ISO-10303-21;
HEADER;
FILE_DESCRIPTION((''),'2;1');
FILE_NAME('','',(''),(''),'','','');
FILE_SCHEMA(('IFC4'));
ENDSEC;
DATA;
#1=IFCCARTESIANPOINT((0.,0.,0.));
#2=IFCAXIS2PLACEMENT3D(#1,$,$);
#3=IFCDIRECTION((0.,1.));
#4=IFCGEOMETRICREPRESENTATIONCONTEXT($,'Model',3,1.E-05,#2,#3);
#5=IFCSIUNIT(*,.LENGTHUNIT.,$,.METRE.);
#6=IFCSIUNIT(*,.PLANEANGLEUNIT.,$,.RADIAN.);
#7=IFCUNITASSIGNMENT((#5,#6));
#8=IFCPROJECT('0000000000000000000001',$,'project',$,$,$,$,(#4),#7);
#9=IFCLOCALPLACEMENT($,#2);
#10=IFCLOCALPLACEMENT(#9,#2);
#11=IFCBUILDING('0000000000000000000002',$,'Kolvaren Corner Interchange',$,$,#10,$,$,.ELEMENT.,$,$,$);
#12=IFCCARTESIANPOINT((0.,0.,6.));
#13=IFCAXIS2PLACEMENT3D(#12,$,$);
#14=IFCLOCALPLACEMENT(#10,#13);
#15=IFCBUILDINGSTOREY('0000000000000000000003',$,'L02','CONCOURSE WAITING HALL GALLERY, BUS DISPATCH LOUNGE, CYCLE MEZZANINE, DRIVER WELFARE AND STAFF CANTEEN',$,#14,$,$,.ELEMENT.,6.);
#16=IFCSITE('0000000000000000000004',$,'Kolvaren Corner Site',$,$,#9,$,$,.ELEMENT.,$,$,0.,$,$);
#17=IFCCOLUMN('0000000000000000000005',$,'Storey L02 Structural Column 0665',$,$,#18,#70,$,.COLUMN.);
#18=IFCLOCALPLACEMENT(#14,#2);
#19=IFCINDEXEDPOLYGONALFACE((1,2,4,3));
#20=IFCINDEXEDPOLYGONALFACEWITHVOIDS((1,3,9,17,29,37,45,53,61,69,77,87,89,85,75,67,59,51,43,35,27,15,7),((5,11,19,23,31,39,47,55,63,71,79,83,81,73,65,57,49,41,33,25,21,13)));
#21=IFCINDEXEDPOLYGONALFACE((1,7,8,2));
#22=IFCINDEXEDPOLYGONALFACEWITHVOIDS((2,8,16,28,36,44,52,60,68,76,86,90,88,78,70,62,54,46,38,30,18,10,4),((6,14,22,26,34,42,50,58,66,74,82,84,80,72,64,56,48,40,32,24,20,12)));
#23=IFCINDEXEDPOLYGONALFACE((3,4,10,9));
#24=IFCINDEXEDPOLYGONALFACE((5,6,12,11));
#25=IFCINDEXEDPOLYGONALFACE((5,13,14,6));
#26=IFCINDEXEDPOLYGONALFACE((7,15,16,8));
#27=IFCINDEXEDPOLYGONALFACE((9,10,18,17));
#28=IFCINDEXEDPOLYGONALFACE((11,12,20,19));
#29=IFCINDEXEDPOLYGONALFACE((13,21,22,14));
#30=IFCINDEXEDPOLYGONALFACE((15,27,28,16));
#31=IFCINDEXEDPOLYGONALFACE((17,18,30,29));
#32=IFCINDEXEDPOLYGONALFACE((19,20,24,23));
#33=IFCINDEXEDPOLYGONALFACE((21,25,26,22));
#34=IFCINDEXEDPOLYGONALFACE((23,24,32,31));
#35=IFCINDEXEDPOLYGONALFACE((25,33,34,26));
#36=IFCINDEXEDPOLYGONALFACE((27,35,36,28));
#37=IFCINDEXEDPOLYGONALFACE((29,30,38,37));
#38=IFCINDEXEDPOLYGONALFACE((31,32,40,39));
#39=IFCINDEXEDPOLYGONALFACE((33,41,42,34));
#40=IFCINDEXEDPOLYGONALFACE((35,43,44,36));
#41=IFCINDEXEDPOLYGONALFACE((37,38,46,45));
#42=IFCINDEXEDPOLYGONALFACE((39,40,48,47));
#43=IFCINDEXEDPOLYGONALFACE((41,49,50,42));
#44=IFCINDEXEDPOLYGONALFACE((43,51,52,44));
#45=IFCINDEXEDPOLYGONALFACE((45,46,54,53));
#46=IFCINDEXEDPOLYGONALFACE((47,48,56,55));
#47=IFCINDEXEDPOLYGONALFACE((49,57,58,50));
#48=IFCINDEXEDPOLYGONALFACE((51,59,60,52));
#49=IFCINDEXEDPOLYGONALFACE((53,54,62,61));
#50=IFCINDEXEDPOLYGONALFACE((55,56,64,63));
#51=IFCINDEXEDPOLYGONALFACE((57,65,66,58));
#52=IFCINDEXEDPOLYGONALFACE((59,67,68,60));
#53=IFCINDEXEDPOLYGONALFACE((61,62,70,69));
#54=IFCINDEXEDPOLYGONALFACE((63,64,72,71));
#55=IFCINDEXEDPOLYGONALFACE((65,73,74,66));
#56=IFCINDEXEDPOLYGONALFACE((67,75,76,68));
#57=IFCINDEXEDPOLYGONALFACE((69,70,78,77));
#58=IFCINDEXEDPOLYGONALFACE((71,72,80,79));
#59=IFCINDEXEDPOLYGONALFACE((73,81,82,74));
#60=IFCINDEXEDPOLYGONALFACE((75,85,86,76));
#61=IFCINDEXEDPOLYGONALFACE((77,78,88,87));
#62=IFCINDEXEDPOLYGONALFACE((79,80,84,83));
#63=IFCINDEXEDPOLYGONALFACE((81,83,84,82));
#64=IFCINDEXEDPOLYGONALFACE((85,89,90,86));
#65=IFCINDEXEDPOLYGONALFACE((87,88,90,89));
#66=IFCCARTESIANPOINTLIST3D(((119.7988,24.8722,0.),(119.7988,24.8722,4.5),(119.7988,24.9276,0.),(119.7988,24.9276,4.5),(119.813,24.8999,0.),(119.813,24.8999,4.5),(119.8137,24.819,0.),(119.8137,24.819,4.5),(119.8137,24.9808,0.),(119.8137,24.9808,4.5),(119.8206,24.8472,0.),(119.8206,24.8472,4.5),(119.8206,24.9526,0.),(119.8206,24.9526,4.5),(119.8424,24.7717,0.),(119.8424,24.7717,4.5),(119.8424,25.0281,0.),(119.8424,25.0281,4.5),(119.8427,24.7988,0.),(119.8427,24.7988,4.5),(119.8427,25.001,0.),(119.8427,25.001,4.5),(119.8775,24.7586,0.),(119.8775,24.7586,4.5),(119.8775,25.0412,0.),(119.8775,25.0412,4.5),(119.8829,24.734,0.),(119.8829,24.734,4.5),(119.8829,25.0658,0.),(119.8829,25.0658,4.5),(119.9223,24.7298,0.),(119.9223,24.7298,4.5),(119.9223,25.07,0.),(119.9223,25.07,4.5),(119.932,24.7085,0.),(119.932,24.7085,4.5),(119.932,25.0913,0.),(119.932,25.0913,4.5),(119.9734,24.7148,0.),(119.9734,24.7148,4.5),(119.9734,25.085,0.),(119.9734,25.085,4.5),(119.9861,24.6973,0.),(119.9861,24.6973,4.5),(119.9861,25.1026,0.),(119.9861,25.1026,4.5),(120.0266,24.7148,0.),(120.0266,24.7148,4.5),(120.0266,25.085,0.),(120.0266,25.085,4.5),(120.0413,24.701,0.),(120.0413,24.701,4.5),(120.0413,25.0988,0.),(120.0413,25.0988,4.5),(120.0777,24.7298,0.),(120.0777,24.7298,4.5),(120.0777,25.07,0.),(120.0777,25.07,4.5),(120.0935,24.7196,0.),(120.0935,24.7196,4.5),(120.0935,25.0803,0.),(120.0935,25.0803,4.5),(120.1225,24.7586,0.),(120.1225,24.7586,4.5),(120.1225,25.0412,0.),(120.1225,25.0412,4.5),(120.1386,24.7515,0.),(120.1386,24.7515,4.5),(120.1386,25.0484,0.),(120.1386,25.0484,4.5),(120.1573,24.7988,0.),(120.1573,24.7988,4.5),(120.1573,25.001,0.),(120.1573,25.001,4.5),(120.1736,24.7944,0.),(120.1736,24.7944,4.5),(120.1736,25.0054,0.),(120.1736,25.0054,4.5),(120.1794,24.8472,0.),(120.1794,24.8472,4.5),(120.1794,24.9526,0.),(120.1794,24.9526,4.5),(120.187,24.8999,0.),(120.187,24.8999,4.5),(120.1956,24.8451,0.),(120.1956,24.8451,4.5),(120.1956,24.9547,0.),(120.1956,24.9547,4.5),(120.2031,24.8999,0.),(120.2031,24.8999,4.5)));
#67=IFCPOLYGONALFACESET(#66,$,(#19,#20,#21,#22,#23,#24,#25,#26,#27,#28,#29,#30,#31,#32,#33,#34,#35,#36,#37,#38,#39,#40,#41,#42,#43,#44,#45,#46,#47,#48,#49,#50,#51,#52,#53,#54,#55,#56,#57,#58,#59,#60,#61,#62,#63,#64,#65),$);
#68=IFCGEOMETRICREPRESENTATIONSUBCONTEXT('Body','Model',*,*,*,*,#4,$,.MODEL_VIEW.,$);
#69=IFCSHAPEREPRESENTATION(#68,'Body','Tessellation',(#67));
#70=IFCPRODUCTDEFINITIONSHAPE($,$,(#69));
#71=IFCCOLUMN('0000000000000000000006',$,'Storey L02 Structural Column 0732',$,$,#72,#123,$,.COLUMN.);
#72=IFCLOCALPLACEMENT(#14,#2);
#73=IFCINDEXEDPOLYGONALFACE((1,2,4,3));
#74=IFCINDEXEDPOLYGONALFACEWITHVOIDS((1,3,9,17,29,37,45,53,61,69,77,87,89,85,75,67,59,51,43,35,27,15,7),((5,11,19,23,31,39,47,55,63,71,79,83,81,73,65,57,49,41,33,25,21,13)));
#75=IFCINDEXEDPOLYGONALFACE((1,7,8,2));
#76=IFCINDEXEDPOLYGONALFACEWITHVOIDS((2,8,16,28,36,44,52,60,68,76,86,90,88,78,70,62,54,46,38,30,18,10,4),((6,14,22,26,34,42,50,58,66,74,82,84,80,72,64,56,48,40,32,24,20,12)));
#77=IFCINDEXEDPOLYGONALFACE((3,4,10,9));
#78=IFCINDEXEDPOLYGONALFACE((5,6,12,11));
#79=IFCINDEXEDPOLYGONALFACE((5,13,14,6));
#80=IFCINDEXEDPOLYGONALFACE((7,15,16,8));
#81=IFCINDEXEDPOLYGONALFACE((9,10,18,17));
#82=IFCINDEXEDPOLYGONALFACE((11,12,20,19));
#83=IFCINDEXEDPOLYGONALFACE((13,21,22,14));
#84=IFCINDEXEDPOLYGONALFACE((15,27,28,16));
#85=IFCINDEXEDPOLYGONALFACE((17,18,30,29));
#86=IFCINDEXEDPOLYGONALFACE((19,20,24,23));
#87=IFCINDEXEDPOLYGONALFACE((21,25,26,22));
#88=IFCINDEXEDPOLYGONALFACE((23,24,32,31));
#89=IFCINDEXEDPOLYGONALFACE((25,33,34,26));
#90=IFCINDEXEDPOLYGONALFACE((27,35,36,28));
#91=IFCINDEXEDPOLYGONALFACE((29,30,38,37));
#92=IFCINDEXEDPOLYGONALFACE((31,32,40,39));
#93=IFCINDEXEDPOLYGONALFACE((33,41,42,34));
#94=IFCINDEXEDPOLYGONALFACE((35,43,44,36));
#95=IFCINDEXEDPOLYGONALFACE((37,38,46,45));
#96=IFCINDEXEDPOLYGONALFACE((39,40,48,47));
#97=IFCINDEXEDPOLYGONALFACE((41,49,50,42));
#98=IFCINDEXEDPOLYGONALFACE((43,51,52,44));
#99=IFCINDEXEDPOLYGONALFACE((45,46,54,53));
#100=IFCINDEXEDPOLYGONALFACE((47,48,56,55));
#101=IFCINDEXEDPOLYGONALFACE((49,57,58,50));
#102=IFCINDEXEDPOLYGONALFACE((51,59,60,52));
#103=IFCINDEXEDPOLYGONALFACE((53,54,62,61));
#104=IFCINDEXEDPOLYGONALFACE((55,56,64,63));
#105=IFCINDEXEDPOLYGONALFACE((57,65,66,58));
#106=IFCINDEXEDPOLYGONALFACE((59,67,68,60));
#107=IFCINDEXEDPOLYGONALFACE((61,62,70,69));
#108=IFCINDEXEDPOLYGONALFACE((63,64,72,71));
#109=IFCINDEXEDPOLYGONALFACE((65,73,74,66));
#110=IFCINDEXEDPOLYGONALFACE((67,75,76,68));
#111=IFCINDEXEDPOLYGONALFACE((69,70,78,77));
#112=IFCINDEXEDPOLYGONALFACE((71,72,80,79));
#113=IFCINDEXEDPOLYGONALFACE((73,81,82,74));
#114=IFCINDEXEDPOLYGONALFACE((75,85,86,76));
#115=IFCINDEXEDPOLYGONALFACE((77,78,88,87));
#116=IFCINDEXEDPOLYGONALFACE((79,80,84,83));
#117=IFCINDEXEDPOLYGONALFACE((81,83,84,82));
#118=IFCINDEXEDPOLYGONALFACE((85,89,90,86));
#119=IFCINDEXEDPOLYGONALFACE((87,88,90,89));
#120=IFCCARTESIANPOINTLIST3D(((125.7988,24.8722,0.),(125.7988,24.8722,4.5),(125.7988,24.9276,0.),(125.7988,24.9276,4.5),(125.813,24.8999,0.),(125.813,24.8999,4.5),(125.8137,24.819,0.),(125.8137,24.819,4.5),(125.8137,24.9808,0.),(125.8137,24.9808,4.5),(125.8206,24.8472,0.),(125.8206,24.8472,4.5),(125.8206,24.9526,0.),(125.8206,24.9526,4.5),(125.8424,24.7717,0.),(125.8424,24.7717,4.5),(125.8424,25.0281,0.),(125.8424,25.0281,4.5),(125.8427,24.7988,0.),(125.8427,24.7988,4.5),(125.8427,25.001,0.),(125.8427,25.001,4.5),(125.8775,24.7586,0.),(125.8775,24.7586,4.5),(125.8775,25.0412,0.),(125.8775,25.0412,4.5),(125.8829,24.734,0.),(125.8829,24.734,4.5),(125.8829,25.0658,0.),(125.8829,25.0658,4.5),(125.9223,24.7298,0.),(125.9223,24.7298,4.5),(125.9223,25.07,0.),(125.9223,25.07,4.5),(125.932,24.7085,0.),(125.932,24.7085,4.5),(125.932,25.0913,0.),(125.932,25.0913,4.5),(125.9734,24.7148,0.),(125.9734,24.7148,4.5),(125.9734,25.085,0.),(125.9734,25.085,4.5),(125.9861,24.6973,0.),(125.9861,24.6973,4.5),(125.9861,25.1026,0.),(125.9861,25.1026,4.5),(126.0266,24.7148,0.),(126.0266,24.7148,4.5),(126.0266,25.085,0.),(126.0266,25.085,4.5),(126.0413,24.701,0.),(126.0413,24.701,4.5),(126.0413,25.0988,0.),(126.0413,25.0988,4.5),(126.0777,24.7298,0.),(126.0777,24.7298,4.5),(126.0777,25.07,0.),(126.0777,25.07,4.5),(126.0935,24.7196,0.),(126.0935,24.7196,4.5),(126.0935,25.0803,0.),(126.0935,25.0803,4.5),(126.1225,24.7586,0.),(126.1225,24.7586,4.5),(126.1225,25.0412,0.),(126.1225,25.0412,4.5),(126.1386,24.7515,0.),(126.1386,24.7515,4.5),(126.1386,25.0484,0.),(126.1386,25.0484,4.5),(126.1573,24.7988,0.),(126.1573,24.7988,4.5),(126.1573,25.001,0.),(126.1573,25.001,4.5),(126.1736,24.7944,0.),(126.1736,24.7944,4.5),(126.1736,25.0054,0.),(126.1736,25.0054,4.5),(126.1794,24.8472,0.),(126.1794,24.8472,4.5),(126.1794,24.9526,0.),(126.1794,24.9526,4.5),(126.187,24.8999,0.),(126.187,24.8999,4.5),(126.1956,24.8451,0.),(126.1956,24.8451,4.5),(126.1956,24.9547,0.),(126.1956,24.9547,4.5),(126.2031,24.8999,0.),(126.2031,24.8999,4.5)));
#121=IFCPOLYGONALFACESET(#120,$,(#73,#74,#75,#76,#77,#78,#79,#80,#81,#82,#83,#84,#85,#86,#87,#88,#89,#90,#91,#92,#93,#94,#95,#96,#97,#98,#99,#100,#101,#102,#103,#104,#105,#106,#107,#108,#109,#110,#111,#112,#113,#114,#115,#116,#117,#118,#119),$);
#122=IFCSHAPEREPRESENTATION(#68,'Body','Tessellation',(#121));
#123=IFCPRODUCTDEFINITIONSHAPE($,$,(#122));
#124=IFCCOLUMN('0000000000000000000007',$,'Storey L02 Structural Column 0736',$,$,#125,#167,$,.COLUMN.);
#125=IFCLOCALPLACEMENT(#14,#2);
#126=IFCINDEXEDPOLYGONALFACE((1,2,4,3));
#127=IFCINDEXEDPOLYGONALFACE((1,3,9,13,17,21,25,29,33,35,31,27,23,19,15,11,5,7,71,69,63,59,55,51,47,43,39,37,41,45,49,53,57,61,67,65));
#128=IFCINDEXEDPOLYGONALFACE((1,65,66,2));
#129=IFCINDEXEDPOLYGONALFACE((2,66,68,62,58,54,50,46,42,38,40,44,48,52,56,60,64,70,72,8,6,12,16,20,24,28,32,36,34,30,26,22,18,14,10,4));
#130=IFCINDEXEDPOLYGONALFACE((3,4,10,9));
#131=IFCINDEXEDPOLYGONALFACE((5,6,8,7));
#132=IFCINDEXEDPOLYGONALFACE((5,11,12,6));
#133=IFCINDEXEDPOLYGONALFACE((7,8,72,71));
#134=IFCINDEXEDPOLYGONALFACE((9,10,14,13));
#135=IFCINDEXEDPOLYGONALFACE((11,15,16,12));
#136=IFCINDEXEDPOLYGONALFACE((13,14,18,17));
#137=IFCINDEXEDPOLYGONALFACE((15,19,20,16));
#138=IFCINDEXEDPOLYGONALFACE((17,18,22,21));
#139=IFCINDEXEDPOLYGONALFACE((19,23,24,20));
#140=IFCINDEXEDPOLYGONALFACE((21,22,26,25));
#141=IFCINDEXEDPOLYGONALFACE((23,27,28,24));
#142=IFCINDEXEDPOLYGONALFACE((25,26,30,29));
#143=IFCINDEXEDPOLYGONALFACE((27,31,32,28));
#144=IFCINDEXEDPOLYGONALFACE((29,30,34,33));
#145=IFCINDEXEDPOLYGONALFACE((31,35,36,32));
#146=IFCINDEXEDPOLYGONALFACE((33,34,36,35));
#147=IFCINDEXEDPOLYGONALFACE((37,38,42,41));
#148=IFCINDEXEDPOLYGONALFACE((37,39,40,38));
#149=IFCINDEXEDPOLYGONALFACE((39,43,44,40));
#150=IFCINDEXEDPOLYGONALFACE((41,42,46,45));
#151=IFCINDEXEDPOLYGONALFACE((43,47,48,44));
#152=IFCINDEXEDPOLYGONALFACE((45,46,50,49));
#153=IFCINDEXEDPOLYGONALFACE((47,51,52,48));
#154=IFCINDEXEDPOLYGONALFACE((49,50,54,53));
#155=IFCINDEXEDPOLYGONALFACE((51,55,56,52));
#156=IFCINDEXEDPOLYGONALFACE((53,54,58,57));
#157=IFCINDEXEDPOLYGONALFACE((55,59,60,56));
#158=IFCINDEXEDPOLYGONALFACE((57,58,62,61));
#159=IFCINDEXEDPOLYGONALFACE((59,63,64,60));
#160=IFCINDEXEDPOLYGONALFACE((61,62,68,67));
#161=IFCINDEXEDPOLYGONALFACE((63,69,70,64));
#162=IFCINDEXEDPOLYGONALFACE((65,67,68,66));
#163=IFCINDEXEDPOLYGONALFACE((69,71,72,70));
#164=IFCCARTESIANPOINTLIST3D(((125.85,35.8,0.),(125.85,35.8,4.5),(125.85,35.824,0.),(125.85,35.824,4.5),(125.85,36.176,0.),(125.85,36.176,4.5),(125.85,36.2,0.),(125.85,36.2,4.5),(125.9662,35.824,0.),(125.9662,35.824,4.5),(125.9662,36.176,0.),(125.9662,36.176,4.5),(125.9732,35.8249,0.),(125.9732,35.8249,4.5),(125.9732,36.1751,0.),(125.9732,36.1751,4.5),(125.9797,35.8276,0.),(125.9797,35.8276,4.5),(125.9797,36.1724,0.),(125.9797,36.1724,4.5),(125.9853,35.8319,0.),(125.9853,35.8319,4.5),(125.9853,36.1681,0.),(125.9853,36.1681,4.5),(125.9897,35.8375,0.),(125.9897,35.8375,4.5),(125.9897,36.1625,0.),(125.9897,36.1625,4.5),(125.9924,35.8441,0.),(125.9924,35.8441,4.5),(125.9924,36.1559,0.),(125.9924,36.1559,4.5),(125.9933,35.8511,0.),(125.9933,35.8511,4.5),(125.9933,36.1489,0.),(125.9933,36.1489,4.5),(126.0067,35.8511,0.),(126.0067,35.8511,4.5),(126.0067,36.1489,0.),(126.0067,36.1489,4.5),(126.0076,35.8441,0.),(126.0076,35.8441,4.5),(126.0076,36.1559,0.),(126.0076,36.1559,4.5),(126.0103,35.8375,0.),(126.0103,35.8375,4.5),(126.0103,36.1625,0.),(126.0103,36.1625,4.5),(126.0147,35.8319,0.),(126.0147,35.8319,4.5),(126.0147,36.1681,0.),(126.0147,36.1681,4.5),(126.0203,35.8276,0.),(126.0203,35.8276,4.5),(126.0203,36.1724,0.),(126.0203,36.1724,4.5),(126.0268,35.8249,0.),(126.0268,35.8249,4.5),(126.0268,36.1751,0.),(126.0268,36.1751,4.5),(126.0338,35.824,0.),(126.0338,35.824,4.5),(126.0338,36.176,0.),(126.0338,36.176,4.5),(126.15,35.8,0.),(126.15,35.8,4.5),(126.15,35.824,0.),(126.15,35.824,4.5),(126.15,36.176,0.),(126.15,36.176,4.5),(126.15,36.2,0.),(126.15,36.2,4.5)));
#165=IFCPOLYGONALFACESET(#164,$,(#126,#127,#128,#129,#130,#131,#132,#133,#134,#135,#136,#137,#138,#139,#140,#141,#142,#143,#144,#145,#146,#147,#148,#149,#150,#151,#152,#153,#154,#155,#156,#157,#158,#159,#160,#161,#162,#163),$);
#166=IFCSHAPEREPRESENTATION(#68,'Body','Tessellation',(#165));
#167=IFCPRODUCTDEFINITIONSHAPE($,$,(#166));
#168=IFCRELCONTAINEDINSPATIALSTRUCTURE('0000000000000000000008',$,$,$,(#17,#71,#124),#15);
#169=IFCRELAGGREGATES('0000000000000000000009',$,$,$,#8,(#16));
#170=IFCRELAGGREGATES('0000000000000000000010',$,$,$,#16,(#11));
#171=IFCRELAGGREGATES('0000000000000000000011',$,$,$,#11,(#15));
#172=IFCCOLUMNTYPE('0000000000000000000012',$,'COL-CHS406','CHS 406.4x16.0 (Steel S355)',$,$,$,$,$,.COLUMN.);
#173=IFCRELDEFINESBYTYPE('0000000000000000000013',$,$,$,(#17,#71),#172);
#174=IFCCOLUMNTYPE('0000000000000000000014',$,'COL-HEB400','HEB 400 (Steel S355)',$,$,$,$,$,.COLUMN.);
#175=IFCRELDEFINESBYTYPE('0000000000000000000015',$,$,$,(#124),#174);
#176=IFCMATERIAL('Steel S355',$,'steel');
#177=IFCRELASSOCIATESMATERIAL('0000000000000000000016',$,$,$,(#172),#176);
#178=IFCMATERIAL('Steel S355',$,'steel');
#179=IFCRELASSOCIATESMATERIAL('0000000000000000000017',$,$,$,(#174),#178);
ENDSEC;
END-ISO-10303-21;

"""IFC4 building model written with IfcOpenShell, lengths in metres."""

from ifc_helpers import new_model, si_unit, direction, frame, origin, origin_2d, place, context, subcontext, project, spatial, hollow_circle, i_section, extrude, material, material_profile, profile_set, type_object, element, save


model = new_model("IFC4")

# Units and contexts
model_context = context("Model", 3, precision=1e-05, world=origin(), true_north=direction((0.0, 1.0)))
body_context = subcontext(model_context, "Body", "Model", "MODEL_VIEW")
ifc_project = project(units=[si_unit("LENGTHUNIT", "METRE"), si_unit("PLANEANGLEUNIT", "RADIAN")], contexts=[model_context])

# Site, building, storey
site_placement = place(None, origin())
site = spatial("IfcSite", under=ifc_project, at=site_placement, Name="Kolvaren Corner Site", CompositionType="ELEMENT", RefElevation=0.0)
building_placement = place(site_placement, origin())
building = spatial("IfcBuilding", under=site, at=building_placement, Name="Kolvaren Corner Interchange", CompositionType="ELEMENT")
storey_placement = place(building_placement, frame((0.0, 0.0, 6.0)))
storey = spatial("IfcBuildingStorey", under=building, at=storey_placement, Name="L02", Description="CONCOURSE WAITING HALL GALLERY, BUS DISPATCH LOUNGE, CYCLE MEZZANINE, DRIVER WELFARE AND STAFF CANTEEN", CompositionType="ELEMENT", Elevation=6.0)

# Columns
ifc_material_1 = material(Name="Steel S355", Category="steel")
ifc_material_profile_1 = material_profile(ifc_material_1, hollow_circle(Radius=0.2031, WallThickness=0.0161, at=origin_2d()), Name="CHS 406.4x16.0")
ifc_profile_set_1 = profile_set([ifc_material_profile_1], Name="Steel S355")
column_type_1 = type_object("IfcColumnType", Name="COL-CHS406", Description="CHS 406.4x16.0 (Steel S355)", PredefinedType="COLUMN", material=ifc_profile_set_1)
for number, where, z_axis, x_axis, name in (
    (1, (120.0, 24.8999, 0.0), (0.0, 0.0, 1.0), (1.0, 0.0, 0.0), "Storey L02 Structural Column 0665"),
    (2, (126.0, 24.8999, 0.0), (0.0, 0.0, 1.0), (1.0, 0.0, 0.0), "Storey L02 Structural Column 0732"),
):
    element("IfcColumn", number, at=place(storey_placement, frame(where, z_axis=z_axis, x_axis=x_axis)), inside=storey, type_object=column_type_1, Name=name, PredefinedType="COLUMN", context=body_context, shape_type="SweptSolid", body=[
        extrude(hollow_circle(Radius=0.2031, WallThickness=0.0161, at=origin_2d()), origin(), (0.0, 0.0, 1.0), 4.5),
    ])
ifc_material_2 = material(Name="Steel S355", Category="steel")
ifc_material_profile_2 = material_profile(ifc_material_2, i_section(OverallWidth=0.3, OverallDepth=0.3999, WebThickness=0.0134, FlangeThickness=0.0239, FilletRadius=0.0271, at=origin_2d()), Name="HEB 400")
ifc_profile_set_2 = profile_set([ifc_material_profile_2], Name="Steel S355")
column_type_2 = type_object("IfcColumnType", Name="COL-HEB400", Description="HEB 400 (Steel S355)", PredefinedType="COLUMN", material=ifc_profile_set_2)
for number, where, z_axis, x_axis, name in (
    (3, (126.0, 36.0, 0.0), (0.0, 0.0, 1.0), (1.0, 0.0, 0.0), "Storey L02 Structural Column 0736"),
):
    element("IfcColumn", number, at=place(storey_placement, frame(where, z_axis=z_axis, x_axis=x_axis)), inside=storey, type_object=column_type_2, Name=name, PredefinedType="COLUMN", context=body_context, shape_type="SweptSolid", body=[
        extrude(i_section(OverallWidth=0.3, OverallDepth=0.3999, WebThickness=0.0134, FlangeThickness=0.0239, FilletRadius=0.0271, at=origin_2d()), origin(), (0.0, 0.0, 1.0), 4.5),
    ])

save(model, "model.ifc")
